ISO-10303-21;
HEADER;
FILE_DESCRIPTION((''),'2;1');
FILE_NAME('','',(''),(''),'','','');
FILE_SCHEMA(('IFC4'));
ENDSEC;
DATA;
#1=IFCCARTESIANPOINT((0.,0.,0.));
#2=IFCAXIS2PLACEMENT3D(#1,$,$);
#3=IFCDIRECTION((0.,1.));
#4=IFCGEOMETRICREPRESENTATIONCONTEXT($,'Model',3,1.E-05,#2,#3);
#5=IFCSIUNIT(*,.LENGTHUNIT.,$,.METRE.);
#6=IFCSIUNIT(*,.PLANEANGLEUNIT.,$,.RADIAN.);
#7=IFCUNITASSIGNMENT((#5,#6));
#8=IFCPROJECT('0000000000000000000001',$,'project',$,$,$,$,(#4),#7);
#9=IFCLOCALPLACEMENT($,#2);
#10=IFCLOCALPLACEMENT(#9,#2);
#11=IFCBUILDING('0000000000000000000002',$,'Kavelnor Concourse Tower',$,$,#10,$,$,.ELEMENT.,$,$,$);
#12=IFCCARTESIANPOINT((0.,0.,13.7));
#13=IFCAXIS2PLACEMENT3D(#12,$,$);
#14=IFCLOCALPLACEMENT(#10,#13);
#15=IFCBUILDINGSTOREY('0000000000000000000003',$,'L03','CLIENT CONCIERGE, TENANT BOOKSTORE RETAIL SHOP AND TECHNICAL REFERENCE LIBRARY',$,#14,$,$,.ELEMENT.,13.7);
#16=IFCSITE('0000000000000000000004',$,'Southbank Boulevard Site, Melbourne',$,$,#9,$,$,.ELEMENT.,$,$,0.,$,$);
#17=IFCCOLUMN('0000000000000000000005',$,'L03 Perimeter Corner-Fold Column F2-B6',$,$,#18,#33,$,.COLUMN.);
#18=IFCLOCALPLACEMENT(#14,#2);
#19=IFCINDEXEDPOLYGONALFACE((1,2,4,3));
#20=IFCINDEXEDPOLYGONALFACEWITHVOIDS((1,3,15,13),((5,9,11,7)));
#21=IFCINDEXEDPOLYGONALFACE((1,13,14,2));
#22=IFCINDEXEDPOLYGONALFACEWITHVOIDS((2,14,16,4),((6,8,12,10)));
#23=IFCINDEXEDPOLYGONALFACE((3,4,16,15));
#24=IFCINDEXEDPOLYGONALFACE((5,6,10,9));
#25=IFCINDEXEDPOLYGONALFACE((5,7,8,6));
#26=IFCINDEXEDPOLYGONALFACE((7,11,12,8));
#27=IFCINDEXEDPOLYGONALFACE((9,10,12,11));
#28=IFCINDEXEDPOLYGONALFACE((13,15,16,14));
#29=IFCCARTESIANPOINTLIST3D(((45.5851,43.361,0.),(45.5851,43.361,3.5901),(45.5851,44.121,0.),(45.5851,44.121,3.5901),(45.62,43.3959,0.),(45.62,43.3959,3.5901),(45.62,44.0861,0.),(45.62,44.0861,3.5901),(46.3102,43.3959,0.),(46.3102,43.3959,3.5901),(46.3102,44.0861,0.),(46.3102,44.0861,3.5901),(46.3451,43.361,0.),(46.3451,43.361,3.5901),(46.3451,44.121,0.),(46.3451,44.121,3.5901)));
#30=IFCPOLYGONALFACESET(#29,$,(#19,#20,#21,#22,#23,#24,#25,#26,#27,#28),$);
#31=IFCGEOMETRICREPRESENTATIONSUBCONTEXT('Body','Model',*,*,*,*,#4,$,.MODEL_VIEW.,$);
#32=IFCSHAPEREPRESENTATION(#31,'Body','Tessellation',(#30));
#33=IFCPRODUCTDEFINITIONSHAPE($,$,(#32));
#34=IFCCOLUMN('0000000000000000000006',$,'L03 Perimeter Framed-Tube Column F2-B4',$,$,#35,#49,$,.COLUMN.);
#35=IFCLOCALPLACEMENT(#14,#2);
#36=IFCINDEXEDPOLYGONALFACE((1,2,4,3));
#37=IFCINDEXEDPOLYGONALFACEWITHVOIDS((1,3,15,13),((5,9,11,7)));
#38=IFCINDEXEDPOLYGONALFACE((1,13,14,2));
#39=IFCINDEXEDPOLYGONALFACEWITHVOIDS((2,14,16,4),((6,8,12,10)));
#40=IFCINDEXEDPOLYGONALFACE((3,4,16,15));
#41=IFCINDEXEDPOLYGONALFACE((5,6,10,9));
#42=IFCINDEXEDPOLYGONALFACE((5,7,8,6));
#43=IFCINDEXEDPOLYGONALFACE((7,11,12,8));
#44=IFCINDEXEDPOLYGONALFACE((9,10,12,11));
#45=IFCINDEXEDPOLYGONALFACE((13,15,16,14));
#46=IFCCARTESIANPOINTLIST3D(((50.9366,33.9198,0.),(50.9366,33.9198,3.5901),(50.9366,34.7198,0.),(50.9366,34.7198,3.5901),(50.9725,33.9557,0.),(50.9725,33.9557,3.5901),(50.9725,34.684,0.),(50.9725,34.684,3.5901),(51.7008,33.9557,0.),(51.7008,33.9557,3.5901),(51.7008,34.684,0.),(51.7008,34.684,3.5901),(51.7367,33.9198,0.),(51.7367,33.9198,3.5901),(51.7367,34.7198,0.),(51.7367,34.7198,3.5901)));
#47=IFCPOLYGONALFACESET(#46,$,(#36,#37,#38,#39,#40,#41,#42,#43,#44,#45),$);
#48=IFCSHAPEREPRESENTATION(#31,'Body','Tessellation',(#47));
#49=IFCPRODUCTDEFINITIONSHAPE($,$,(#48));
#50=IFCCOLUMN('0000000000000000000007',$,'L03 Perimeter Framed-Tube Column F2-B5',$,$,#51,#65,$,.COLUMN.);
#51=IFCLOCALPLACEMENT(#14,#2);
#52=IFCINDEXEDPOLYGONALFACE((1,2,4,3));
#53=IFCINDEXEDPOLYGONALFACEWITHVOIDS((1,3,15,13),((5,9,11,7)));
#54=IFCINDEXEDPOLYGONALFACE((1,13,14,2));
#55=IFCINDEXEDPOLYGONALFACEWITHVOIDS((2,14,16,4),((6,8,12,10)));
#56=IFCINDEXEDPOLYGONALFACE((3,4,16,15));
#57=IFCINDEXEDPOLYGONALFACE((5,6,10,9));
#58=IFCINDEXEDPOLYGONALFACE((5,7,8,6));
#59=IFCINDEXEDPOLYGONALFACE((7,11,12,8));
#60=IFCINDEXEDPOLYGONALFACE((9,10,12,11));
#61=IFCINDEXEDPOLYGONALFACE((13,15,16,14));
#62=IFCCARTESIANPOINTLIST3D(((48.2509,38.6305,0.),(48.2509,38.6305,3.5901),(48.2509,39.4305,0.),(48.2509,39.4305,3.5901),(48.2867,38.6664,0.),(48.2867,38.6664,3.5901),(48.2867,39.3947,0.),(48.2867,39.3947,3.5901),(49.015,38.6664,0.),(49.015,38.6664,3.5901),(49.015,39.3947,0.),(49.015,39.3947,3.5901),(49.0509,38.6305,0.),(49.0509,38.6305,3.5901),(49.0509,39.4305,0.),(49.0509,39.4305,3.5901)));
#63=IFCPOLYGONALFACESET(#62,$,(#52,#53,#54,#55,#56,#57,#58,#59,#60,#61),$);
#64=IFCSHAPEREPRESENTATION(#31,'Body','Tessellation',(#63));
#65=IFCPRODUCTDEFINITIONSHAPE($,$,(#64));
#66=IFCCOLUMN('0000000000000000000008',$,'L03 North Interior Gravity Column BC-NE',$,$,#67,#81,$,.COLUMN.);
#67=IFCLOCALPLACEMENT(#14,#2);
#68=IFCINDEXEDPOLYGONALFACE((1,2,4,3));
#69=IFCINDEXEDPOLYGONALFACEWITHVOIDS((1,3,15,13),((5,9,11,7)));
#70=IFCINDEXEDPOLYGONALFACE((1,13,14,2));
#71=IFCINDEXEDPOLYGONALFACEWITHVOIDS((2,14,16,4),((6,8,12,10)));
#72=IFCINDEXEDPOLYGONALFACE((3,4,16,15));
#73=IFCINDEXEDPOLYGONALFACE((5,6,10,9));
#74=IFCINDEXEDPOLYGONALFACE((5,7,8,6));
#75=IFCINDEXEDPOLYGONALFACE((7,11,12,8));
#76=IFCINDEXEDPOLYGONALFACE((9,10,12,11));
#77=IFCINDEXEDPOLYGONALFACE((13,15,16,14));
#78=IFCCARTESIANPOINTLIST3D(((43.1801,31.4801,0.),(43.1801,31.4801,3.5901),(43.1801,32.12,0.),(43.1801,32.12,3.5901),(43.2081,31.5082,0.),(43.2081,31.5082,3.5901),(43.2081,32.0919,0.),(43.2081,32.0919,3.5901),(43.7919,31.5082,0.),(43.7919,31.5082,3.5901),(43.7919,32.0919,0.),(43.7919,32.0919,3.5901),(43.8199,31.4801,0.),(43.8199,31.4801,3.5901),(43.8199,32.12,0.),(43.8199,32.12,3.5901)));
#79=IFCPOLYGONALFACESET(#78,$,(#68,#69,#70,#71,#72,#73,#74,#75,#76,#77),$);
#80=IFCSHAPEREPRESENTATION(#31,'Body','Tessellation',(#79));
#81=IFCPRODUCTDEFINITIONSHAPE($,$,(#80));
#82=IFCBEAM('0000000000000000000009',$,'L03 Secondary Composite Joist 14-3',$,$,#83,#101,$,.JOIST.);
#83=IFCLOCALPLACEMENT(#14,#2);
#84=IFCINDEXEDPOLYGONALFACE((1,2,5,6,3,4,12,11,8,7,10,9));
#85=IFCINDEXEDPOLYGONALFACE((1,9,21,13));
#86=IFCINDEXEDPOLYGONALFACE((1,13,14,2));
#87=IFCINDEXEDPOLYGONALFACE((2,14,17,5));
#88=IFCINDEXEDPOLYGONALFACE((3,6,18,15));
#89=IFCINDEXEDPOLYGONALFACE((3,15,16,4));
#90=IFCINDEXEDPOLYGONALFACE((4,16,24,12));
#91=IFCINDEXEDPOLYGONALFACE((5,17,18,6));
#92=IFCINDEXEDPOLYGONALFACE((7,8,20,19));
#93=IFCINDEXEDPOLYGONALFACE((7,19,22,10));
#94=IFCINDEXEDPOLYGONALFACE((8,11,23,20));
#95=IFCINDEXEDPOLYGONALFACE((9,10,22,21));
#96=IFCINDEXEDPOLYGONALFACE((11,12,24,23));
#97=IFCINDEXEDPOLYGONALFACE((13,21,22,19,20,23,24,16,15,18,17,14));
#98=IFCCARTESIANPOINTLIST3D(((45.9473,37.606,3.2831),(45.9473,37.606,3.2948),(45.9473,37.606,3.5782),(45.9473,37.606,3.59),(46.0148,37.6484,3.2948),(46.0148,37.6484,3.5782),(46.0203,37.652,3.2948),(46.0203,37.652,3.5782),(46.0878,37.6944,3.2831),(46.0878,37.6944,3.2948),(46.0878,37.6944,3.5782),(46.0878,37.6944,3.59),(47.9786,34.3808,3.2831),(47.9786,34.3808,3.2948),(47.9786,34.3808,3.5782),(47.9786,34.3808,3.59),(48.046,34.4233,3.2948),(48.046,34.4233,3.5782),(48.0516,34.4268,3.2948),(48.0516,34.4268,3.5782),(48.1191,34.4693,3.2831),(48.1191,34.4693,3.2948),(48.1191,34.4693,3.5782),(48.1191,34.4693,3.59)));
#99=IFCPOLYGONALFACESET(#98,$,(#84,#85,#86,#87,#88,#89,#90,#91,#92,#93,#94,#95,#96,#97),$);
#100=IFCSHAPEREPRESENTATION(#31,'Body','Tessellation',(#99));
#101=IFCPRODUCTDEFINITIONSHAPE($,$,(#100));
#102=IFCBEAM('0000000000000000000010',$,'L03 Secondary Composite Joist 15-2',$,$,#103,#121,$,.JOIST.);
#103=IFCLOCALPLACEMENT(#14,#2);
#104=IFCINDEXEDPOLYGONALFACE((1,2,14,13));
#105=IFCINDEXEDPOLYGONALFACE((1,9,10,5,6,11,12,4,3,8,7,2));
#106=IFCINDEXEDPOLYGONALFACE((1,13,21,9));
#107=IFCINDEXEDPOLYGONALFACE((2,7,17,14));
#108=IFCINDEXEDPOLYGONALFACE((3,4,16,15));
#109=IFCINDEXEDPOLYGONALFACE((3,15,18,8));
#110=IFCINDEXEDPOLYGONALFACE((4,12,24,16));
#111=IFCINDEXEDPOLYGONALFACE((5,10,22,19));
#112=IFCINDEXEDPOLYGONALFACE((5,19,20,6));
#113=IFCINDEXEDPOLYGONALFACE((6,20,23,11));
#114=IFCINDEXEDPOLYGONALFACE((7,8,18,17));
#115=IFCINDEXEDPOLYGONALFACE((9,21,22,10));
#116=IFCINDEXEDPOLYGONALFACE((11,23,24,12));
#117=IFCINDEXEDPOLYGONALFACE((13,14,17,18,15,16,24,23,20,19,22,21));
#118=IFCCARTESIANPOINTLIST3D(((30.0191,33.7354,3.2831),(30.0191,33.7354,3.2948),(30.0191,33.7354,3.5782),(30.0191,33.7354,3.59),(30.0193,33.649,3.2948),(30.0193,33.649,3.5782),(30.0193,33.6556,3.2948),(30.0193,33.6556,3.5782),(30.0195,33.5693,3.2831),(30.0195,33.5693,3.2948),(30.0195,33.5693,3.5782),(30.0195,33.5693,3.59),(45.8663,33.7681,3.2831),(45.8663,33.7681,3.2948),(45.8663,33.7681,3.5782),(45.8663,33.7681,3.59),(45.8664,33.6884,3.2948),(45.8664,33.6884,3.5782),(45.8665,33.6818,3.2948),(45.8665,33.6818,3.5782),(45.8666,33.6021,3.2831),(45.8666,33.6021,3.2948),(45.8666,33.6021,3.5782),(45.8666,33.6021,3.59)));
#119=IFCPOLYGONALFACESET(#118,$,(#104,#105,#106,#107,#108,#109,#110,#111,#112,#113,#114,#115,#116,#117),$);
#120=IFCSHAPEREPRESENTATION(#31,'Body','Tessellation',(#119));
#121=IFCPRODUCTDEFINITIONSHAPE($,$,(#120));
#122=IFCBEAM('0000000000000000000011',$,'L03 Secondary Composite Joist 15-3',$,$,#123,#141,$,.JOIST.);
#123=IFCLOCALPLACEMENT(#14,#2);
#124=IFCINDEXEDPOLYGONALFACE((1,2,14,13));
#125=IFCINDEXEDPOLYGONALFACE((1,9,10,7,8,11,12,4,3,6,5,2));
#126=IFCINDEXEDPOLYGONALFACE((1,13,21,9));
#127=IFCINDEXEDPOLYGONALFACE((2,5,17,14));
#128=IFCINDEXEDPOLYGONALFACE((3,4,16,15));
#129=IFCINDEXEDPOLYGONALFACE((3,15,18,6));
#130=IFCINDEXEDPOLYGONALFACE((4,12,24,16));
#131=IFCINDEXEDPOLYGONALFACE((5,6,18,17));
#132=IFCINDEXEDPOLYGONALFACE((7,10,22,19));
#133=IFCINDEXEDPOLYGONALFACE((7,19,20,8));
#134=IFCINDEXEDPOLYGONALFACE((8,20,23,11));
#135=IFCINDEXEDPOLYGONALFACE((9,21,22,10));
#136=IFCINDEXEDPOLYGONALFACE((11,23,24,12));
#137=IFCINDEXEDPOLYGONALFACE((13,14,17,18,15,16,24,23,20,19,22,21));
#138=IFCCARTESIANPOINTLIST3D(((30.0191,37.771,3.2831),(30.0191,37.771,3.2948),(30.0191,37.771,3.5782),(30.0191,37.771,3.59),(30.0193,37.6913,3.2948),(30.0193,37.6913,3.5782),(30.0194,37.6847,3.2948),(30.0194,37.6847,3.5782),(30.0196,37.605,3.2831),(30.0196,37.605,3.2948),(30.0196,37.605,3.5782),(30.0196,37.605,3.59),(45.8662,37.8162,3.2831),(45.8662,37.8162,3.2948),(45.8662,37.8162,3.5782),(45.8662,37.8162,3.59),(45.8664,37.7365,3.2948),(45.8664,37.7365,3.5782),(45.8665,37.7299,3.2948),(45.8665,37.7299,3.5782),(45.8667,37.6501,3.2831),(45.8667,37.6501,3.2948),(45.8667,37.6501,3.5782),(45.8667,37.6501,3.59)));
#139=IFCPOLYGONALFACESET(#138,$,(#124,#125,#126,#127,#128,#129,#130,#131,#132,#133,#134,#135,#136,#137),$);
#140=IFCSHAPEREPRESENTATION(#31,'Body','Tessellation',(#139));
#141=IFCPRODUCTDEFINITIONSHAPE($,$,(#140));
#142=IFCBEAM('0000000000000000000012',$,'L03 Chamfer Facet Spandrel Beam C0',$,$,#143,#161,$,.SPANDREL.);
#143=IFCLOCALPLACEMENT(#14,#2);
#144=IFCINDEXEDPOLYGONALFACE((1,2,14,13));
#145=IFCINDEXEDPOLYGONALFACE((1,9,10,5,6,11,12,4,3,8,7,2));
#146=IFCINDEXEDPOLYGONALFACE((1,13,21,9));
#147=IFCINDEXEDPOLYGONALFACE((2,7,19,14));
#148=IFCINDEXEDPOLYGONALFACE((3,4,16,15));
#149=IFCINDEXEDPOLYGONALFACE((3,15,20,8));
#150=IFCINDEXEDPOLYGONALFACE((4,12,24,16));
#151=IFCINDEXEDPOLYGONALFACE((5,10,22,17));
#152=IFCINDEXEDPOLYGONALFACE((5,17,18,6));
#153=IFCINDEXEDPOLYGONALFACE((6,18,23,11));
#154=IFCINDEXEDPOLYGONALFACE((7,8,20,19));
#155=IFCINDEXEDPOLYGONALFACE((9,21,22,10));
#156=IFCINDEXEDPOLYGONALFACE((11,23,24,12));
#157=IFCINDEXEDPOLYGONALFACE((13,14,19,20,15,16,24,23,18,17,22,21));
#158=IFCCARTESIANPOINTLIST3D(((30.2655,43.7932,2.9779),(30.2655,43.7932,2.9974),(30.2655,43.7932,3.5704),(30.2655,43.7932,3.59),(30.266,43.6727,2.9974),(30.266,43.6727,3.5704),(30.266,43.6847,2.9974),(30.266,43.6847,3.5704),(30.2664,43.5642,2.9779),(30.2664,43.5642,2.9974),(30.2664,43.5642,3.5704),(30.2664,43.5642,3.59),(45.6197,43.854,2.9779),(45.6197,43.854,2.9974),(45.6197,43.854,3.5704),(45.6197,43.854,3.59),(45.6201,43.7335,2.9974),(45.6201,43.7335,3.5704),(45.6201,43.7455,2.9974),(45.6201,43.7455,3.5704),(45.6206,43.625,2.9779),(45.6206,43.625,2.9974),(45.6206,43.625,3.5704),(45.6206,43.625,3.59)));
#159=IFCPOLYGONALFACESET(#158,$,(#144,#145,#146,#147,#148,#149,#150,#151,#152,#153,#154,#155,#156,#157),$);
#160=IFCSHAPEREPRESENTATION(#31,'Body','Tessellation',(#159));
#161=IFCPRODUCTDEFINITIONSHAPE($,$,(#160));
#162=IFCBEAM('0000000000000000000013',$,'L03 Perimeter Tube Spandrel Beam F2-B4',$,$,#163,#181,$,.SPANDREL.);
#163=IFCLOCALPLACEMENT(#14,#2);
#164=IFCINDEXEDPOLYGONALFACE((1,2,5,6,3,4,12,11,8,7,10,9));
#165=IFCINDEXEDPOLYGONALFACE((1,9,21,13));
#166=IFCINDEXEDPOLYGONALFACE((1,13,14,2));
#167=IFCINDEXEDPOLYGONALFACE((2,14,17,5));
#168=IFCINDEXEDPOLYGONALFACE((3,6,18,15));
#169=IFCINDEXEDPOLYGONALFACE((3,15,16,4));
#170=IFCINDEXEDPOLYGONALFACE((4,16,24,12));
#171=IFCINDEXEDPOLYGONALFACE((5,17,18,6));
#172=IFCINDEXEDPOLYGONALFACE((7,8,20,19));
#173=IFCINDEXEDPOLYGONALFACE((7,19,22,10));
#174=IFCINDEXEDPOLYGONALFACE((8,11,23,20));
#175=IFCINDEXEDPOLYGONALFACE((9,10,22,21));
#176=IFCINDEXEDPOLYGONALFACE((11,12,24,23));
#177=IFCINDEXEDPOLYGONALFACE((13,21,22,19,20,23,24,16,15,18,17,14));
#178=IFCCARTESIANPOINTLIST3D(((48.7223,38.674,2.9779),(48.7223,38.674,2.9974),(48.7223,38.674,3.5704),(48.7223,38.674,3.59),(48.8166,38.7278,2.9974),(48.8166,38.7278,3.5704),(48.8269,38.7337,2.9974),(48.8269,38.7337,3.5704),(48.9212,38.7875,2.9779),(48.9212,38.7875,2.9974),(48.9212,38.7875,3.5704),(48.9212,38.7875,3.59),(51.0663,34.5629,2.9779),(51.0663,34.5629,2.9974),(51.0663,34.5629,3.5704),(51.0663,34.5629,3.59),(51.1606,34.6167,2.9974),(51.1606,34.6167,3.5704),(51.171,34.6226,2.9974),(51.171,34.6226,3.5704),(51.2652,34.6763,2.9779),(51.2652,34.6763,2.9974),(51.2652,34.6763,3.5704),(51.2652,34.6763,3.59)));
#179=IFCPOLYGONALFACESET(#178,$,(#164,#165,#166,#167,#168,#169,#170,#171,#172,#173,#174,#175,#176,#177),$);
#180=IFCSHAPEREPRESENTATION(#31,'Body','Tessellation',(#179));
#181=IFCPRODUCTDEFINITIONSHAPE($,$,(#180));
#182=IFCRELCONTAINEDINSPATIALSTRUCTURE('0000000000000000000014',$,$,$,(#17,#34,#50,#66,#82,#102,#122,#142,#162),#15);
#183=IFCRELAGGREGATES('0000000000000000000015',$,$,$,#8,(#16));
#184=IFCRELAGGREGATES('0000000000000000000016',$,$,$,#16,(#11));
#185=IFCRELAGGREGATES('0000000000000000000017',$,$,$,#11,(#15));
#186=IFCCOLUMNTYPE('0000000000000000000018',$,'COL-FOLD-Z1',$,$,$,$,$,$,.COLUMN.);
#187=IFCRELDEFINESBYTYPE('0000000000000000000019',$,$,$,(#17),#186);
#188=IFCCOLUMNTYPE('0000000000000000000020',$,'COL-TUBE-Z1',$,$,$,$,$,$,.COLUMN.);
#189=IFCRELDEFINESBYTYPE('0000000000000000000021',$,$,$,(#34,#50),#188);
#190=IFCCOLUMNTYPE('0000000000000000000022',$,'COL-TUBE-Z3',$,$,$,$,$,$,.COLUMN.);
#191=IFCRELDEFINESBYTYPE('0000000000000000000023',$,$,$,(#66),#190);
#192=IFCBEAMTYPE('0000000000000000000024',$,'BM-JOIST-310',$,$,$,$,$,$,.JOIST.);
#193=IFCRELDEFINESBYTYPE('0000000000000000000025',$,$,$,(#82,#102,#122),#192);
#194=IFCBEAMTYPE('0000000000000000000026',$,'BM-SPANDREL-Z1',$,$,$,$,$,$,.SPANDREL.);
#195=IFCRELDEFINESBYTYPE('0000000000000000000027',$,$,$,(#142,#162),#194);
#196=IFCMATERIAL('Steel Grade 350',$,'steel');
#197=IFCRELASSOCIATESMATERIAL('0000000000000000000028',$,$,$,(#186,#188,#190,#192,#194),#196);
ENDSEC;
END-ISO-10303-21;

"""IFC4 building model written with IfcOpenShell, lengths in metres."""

from ifc_helpers import new_model, si_unit, direction, frame, origin, origin_2d, place, context, subcontext, project, spatial, hollow_rectangle, i_section, extrude, material, material_profile, profile_set, type_object, element, save


model = new_model("IFC4")

# Units and contexts
model_context = context("Model", 3, precision=1e-05, world=origin(), true_north=direction((0.0, 1.0)))
body_context = subcontext(model_context, "Body", "Model", "MODEL_VIEW")
ifc_project = project(units=[si_unit("LENGTHUNIT", "METRE"), si_unit("PLANEANGLEUNIT", "RADIAN")], contexts=[model_context])

# Site, building, storey
site_placement = place(None, origin())
site = spatial("IfcSite", under=ifc_project, at=site_placement, Name="Southbank Boulevard Site, Melbourne", CompositionType="ELEMENT", RefElevation=0.0)
building_placement = place(site_placement, origin())
building = spatial("IfcBuilding", under=site, at=building_placement, Name="Kavelnor Concourse Tower", CompositionType="ELEMENT")
storey_placement = place(building_placement, frame((0.0, 0.0, 13.7)))
storey = spatial("IfcBuildingStorey", under=building, at=storey_placement, Name="L03", Description="CLIENT CONCIERGE, TENANT BOOKSTORE RETAIL SHOP AND TECHNICAL REFERENCE LIBRARY", CompositionType="ELEMENT", Elevation=13.7)

# Columns
ifc_material_1 = material(Name="Steel Grade 350", Category="steel")
ifc_material_profile_1 = material_profile(ifc_material_1, hollow_rectangle(XDim=0.76, YDim=0.76, WallThickness=0.0349, at=origin_2d()), Name="SHS 760x760x35")
ifc_profile_set_1 = profile_set([ifc_material_profile_1], Name="Steel Grade 350")
column_type_1 = type_object("IfcColumnType", Name="COL-FOLD-Z1", PredefinedType="COLUMN", material=ifc_profile_set_1)
column_1_placement = place(storey_placement, frame((45.9651, 43.741, 0.0), z_axis=(0.0, 0.0, 1.0), x_axis=(1.0, 0.0, 0.0)))
element("IfcColumn", 1, at=column_1_placement, inside=storey, type_object=column_type_1, Name="L03 Perimeter Corner-Fold Column F2-B6", PredefinedType="COLUMN", context=body_context, shape_type="SweptSolid", body=[
    extrude(hollow_rectangle(XDim=0.76, YDim=0.76, WallThickness=0.0349, at=origin_2d()), origin(), (0.0, 0.0, 1.0), 3.5901),
])
ifc_material_profile_2 = material_profile(ifc_material_1, hollow_rectangle(XDim=0.8, YDim=0.8, WallThickness=0.0359, at=origin_2d()), Name="SHS 800x800x36")
ifc_profile_set_2 = profile_set([ifc_material_profile_2], Name="Steel Grade 350")
column_type_2 = type_object("IfcColumnType", Name="COL-TUBE-Z1", PredefinedType="COLUMN", material=ifc_profile_set_2)
for number, where, z_axis, x_axis, name in (
    (2, (51.3367, 34.3198, 0.0), (0.0, 0.0, 1.0), (1.0, 0.0, 0.0), "L03 Perimeter Framed-Tube Column F2-B4"),
    (3, (48.6509, 39.0305, 0.0), (0.0, 0.0, 1.0), (1.0, 0.0, 0.0), "L03 Perimeter Framed-Tube Column F2-B5"),
):
    element("IfcColumn", number, at=place(storey_placement, frame(where, z_axis=z_axis, x_axis=x_axis)), inside=storey, type_object=column_type_2, Name=name, PredefinedType="COLUMN", context=body_context, shape_type="SweptSolid", body=[
        extrude(hollow_rectangle(XDim=0.8, YDim=0.8, WallThickness=0.0359, at=origin_2d()), origin(), (0.0, 0.0, 1.0), 3.5901),
    ])
ifc_material_profile_3 = material_profile(ifc_material_1, hollow_rectangle(XDim=0.6399, YDim=0.6399, WallThickness=0.0281, at=origin_2d()), Name="SHS 640x640x28")
ifc_profile_set_3 = profile_set([ifc_material_profile_3], Name="Steel Grade 350")
column_type_3 = type_object("IfcColumnType", Name="COL-TUBE-Z3", PredefinedType="COLUMN", material=ifc_profile_set_3)
column_2_placement = place(storey_placement, frame((43.5, 31.8, 0.0), z_axis=(0.0, 0.0, 1.0), x_axis=(1.0, 0.0, 0.0)))
element("IfcColumn", 4, at=column_2_placement, inside=storey, type_object=column_type_3, Name="L03 North Interior Gravity Column BC-NE", PredefinedType="COLUMN", context=body_context, shape_type="SweptSolid", body=[
    extrude(hollow_rectangle(XDim=0.6399, YDim=0.6399, WallThickness=0.0281, at=origin_2d()), origin(), (0.0, 0.0, 1.0), 3.5901),
])

# Beams
ifc_material_profile_4 = material_profile(ifc_material_1, i_section(OverallWidth=0.166, OverallDepth=0.3069, WebThickness=0.0066, FlangeThickness=0.0117, at=origin_2d()), Name="310UB46")
ifc_profile_set_4 = profile_set([ifc_material_profile_4], Name="Steel Grade 350")
beam_type_1 = type_object("IfcBeamType", Name="BM-JOIST-310", PredefinedType="JOIST", material=ifc_profile_set_4)
beam_1_placement = place(storey_placement, frame((48.0488, 34.425, 3.4365), z_axis=(-0.532932, 0.846158, 0.0), x_axis=(-0.846158, -0.532932, 0.0)))
element("IfcBeam", 5, at=beam_1_placement, inside=storey, type_object=beam_type_1, Name="L03 Secondary Composite Joist 14-3", PredefinedType="JOIST", context=body_context, shape_type="SweptSolid", body=[
    extrude(i_section(OverallWidth=0.166, OverallDepth=0.3069, WebThickness=0.0066, FlangeThickness=0.0117, at=origin_2d()), origin(), (0.0, 0.0, 1.0), 3.8115),
])
for number, where, z_axis, x_axis, name in (
    (6, (45.8665, 33.6851, 3.4365), (-0.999998, -0.002064, 0.0), (0.002064, -0.999998, 0.0), "L03 Secondary Composite Joist 15-2"),
    (7, (45.8665, 37.7332, 3.4365), (-0.999996, -0.00285, 0.0), (0.00285, -0.999996, 0.0), "L03 Secondary Composite Joist 15-3"),
):
    element("IfcBeam", number, at=place(storey_placement, frame(where, z_axis=z_axis, x_axis=x_axis)), inside=storey, type_object=beam_type_1, Name=name, PredefinedType="JOIST", context=body_context, shape_type="SweptSolid", body=[
        extrude(i_section(OverallWidth=0.166, OverallDepth=0.3069, WebThickness=0.0066, FlangeThickness=0.0117, at=origin_2d()), origin(), (0.0, 0.0, 1.0), 15.8472),
    ])
ifc_material_profile_5 = material_profile(ifc_material_1, i_section(OverallWidth=0.229, OverallDepth=0.6121, WebThickness=0.012, FlangeThickness=0.0195, at=origin_2d()), Name="610UB125")
ifc_profile_set_5 = profile_set([ifc_material_profile_5], Name="Steel Grade 350")
beam_type_2 = type_object("IfcBeamType", Name="BM-SPANDREL-Z1", PredefinedType="SPANDREL", material=ifc_profile_set_5)
beam_2_placement = place(storey_placement, frame((45.6201, 43.7395, 3.2839), z_axis=(-0.999992, -0.003959, 0.0), x_axis=(0.003959, -0.999992, 0.0)))
element("IfcBeam", 8, at=beam_2_placement, inside=storey, type_object=beam_type_2, Name="L03 Chamfer Facet Spandrel Beam C0", PredefinedType="SPANDREL", context=body_context, shape_type="SweptSolid", body=[
    extrude(i_section(OverallWidth=0.229, OverallDepth=0.6121, WebThickness=0.012, FlangeThickness=0.0195, at=origin_2d()), origin(), (0.0, 0.0, 1.0), 15.3542),
])
beam_3_placement = place(storey_placement, frame((51.1658, 34.6196, 3.2839), z_axis=(-0.495311, 0.868716, 0.0), x_axis=(-0.868716, -0.495311, 0.0)))
element("IfcBeam", 9, at=beam_3_placement, inside=storey, type_object=beam_type_2, Name="L03 Perimeter Tube Spandrel Beam F2-B4", PredefinedType="SPANDREL", context=body_context, shape_type="SweptSolid", body=[
    extrude(i_section(OverallWidth=0.229, OverallDepth=0.6121, WebThickness=0.012, FlangeThickness=0.0195, at=origin_2d()), origin(), (0.0, 0.0, 1.0), 4.7324),
])

save(model, "model.ifc")
